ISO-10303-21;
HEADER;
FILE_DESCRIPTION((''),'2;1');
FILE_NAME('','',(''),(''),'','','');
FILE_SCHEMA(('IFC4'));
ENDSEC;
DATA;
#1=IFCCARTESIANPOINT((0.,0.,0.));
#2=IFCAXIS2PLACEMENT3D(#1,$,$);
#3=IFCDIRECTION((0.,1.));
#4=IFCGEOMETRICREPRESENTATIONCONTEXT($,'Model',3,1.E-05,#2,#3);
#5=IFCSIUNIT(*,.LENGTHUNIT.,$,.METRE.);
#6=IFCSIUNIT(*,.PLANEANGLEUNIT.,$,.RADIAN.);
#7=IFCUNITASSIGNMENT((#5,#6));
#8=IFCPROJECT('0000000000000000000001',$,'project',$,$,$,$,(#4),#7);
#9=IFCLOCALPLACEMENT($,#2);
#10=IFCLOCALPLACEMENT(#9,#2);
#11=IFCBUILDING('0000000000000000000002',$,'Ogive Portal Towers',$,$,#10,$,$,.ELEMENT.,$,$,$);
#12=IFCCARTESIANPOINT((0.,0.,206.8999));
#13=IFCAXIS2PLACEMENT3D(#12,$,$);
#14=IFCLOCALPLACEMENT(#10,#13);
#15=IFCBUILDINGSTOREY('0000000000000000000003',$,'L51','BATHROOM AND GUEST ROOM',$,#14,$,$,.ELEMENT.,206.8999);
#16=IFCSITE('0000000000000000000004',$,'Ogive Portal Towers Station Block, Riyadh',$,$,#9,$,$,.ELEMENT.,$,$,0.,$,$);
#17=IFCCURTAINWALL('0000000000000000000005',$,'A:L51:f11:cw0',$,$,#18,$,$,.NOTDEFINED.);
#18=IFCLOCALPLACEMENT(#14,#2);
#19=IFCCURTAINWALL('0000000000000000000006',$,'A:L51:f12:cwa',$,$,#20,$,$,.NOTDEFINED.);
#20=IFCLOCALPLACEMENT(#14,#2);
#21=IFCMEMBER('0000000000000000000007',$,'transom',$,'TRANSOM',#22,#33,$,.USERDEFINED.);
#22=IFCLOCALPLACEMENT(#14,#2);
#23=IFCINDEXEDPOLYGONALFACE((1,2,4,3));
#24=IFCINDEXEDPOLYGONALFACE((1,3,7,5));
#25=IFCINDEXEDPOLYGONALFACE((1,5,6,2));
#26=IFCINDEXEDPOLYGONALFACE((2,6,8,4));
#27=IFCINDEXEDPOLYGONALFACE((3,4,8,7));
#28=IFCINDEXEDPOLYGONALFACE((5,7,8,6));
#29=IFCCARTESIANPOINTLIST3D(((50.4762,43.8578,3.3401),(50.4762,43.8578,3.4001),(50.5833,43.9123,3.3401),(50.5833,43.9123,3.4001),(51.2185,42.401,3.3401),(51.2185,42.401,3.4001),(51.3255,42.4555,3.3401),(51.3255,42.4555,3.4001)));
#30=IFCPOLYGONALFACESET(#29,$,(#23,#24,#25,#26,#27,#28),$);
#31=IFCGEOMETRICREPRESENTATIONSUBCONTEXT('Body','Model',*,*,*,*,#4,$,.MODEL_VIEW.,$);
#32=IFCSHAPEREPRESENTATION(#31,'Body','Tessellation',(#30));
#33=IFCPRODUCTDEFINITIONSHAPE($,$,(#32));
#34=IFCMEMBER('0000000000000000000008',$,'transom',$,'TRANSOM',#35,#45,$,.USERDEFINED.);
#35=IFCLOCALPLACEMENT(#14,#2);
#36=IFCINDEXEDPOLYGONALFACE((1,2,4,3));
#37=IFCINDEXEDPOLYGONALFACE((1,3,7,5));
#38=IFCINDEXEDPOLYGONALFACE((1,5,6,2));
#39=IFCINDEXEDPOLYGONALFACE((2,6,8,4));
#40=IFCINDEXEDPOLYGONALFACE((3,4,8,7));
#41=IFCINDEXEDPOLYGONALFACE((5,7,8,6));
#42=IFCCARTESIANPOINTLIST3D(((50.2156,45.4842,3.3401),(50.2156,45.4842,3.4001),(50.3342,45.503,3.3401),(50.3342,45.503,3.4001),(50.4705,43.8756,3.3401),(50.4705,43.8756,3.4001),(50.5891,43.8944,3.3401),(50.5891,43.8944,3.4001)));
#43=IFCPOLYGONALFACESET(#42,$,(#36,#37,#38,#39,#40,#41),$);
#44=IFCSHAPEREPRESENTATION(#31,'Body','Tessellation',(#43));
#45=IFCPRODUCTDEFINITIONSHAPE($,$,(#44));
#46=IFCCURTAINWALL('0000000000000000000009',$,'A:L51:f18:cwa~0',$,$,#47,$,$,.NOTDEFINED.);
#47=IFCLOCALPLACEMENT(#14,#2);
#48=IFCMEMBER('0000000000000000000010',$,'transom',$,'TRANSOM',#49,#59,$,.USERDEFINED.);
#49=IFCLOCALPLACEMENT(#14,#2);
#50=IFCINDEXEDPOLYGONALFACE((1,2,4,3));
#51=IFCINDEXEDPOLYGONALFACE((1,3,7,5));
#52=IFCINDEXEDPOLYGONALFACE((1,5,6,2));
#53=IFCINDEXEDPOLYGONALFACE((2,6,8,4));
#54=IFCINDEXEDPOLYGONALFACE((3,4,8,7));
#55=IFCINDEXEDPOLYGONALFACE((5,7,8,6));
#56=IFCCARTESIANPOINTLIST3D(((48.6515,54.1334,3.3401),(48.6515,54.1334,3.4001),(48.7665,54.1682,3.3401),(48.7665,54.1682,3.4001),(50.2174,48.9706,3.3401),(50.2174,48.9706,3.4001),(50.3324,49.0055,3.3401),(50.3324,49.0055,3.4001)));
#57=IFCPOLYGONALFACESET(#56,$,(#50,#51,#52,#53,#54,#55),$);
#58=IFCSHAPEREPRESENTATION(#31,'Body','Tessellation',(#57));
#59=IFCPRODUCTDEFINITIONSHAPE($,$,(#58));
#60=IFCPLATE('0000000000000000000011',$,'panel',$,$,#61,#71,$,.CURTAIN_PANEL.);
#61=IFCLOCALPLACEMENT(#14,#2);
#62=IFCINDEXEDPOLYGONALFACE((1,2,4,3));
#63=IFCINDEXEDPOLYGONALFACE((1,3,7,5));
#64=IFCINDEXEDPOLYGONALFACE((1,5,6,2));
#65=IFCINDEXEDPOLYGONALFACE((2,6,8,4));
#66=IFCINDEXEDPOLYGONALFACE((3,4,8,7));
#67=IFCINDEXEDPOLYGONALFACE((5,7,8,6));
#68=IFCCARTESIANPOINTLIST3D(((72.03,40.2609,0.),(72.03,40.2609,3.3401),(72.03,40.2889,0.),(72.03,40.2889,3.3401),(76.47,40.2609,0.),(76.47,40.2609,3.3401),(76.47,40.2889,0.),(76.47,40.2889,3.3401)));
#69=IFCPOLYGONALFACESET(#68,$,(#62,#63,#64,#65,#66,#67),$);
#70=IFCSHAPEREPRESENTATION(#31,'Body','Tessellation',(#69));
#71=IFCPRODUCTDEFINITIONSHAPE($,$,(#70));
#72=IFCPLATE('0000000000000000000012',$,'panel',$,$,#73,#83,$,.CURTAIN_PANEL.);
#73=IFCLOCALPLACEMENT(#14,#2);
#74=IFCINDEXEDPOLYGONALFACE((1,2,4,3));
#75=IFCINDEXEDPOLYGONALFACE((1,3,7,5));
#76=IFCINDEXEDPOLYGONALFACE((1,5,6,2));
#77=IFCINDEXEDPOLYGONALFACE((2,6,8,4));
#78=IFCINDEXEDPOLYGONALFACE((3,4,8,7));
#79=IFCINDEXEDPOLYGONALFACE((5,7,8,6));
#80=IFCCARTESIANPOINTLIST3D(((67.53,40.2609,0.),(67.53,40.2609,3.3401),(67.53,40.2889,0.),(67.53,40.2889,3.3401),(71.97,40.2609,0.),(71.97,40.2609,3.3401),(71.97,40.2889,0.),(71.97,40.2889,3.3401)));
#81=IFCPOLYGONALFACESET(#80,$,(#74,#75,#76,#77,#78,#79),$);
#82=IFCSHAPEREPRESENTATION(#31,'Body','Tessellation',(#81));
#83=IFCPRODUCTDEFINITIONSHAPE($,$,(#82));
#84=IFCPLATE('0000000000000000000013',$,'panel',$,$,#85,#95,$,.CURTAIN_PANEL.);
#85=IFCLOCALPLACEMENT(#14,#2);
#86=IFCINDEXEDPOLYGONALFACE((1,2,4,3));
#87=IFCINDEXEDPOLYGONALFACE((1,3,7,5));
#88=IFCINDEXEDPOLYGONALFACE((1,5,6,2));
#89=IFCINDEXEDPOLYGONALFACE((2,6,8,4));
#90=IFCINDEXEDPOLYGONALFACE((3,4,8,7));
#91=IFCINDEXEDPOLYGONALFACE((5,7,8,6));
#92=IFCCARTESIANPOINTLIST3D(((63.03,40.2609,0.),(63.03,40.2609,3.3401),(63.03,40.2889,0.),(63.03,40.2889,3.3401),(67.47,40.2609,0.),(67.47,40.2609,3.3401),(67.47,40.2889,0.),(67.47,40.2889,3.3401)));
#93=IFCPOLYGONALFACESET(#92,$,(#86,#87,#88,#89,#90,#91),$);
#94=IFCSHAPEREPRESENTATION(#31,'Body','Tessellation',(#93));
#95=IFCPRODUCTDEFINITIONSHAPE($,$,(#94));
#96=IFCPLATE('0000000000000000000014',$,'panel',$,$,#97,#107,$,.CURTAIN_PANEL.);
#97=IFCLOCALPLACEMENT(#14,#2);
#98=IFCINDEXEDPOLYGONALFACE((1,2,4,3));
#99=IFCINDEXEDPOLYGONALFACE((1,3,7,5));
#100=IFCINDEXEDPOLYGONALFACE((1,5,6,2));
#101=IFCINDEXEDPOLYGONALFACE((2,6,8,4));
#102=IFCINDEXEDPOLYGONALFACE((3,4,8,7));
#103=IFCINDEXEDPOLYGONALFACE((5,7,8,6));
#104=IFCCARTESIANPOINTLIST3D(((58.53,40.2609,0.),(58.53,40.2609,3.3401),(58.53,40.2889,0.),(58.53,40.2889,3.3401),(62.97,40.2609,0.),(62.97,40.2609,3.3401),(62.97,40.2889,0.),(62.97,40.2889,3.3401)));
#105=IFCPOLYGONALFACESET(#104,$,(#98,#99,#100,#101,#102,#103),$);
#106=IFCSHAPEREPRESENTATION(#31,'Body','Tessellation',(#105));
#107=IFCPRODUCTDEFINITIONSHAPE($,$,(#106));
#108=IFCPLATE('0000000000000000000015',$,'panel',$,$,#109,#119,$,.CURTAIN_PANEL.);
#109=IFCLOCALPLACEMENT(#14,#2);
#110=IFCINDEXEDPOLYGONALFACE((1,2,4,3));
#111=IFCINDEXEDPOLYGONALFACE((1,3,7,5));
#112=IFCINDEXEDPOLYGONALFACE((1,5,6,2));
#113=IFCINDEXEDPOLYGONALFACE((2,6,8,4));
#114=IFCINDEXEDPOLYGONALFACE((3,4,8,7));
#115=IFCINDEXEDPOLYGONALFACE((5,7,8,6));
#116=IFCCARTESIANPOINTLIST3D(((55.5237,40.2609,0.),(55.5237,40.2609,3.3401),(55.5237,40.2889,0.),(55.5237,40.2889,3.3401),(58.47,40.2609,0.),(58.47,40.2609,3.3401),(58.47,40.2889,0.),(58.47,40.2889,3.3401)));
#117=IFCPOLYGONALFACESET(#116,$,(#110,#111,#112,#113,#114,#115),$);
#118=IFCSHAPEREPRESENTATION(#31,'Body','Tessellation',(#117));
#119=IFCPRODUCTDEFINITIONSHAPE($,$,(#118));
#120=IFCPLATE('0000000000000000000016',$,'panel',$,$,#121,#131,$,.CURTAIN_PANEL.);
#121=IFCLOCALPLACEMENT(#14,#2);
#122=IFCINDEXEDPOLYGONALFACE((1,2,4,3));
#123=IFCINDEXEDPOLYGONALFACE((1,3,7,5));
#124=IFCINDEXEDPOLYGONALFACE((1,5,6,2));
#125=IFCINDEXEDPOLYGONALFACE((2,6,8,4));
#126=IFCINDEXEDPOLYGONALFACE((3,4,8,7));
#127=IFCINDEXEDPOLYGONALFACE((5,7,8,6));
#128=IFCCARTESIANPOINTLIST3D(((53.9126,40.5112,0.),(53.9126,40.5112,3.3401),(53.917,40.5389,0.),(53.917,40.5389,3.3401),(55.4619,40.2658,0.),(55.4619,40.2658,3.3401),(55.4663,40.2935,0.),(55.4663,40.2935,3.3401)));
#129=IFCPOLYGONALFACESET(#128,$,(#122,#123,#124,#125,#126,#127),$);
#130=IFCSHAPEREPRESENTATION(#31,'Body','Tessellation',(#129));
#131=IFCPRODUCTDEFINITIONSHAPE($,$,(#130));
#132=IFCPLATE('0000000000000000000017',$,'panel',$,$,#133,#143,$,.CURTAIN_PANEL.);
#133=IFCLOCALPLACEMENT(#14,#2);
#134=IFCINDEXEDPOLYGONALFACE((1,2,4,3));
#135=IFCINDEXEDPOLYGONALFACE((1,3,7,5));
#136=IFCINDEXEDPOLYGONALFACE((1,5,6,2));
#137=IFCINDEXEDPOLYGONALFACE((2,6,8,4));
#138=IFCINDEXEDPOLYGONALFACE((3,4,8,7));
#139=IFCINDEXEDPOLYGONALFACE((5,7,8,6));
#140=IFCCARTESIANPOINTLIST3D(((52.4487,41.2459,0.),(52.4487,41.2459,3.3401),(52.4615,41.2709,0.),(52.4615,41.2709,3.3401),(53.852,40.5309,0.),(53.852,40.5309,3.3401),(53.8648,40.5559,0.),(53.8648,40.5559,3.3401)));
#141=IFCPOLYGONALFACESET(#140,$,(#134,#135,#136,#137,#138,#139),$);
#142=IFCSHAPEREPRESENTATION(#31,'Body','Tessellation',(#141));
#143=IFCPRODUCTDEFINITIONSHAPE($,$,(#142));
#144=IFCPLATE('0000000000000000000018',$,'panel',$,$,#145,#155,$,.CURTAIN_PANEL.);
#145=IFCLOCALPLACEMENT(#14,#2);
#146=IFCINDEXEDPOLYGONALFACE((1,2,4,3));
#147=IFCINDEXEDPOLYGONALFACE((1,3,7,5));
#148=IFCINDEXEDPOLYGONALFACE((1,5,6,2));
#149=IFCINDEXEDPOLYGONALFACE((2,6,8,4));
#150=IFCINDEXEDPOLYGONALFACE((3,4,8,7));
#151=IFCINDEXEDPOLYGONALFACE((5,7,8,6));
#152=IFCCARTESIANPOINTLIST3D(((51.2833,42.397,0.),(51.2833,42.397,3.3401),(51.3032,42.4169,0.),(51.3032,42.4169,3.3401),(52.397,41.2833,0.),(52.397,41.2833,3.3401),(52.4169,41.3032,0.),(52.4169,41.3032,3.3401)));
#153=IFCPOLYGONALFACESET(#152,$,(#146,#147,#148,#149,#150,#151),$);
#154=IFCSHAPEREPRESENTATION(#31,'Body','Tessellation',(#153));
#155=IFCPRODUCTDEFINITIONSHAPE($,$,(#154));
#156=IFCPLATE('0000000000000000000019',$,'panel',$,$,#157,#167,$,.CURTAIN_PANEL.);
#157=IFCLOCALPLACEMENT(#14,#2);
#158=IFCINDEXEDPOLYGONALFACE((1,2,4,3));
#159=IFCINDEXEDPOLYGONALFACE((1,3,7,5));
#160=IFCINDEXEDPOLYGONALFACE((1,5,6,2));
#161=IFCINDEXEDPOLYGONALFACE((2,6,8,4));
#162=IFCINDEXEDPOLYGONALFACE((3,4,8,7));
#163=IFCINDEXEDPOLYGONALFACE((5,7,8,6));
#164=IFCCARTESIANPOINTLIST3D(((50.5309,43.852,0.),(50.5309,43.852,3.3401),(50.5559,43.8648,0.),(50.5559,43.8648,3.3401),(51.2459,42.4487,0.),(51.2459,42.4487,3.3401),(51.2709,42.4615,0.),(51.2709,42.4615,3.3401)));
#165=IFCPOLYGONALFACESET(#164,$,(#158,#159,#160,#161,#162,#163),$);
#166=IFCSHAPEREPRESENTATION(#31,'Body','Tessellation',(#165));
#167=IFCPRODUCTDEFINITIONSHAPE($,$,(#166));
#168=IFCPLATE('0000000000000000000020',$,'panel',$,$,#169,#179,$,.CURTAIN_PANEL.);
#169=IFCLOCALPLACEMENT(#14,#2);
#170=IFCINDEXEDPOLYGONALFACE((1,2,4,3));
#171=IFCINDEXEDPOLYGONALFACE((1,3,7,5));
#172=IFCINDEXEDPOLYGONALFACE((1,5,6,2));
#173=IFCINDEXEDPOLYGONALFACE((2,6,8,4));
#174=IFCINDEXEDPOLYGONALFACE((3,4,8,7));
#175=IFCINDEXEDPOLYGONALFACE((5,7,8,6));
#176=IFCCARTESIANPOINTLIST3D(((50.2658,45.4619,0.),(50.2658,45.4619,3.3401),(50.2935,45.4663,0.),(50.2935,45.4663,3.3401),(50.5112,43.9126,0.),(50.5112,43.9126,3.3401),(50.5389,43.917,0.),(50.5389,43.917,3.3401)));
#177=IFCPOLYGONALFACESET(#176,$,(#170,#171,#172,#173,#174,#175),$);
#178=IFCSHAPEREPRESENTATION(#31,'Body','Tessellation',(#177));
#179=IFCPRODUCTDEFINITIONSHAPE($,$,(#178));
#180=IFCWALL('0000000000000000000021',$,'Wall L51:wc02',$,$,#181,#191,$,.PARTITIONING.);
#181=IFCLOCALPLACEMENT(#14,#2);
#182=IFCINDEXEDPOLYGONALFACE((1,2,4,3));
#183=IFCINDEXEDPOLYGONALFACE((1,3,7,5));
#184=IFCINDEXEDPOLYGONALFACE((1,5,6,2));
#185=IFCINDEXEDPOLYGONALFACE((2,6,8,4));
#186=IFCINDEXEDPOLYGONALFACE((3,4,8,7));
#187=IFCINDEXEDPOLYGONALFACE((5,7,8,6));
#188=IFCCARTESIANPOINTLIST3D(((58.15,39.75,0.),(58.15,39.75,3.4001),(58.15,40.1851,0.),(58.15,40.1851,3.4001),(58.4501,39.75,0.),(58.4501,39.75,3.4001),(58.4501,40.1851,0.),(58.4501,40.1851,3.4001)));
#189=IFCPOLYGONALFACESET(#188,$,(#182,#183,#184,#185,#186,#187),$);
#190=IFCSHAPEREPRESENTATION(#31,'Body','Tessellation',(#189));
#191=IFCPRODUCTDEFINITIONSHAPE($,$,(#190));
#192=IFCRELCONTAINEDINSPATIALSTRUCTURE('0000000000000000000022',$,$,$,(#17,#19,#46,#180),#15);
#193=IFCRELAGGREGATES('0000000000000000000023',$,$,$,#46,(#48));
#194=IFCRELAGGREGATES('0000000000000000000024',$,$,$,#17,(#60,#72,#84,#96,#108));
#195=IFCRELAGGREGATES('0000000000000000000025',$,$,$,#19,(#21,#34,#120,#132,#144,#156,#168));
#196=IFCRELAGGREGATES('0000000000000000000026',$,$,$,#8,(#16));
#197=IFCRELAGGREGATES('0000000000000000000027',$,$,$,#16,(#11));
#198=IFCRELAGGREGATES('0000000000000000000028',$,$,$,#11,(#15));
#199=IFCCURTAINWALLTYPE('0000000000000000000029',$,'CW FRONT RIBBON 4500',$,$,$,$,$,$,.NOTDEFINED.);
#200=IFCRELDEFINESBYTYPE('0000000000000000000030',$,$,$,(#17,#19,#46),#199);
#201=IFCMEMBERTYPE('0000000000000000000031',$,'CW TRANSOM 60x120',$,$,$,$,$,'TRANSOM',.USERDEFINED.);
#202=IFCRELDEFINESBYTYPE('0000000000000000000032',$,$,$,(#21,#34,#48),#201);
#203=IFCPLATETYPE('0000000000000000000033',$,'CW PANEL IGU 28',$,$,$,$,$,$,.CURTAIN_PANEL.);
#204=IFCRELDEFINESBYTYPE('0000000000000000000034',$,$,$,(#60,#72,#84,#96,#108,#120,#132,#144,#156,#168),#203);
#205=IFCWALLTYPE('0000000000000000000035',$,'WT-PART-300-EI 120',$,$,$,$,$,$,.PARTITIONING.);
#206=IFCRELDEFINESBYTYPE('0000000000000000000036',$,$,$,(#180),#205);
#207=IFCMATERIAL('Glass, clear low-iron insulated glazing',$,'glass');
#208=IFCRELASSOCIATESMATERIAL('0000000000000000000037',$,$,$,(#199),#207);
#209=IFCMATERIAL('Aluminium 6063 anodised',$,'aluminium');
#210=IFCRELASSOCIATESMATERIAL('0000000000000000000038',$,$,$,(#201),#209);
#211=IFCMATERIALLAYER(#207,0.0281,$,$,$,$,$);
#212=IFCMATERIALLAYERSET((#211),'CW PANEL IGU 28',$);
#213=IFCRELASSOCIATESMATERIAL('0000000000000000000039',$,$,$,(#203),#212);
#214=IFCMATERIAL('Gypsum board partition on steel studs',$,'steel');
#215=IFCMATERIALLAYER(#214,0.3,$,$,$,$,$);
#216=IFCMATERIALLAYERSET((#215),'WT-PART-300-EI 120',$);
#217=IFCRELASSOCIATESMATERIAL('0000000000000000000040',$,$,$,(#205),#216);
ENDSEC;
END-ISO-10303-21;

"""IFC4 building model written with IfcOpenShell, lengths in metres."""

from ifc_helpers import new_model, si_unit, direction, frame, frame_2d, origin, origin_2d, place, context, subcontext, project, spatial, rectangle, extrude, material, layer, layer_set, material_profile, profile_set, type_object, element, aggregate, save


model = new_model("IFC4")

# Units and contexts
model_context = context("Model", 3, precision=1e-05, world=origin(), true_north=direction((0.0, 1.0)))
body_context = subcontext(model_context, "Body", "Model", "MODEL_VIEW")
ifc_project = project(units=[si_unit("LENGTHUNIT", "METRE"), si_unit("PLANEANGLEUNIT", "RADIAN")], contexts=[model_context])

# Site, building, storey
site_placement = place(None, origin())
site = spatial("IfcSite", under=ifc_project, at=site_placement, Name="Ogive Portal Towers Station Block, Riyadh", CompositionType="ELEMENT", RefElevation=0.0)
building_placement = place(site_placement, origin())
building = spatial("IfcBuilding", under=site, at=building_placement, Name="Ogive Portal Towers", CompositionType="ELEMENT")
storey_placement = place(building_placement, frame((0.0, 0.0, 206.8999)))
storey = spatial("IfcBuildingStorey", under=building, at=storey_placement, Name="L51", Description="BATHROOM AND GUEST ROOM", CompositionType="ELEMENT", Elevation=206.8999)

# Curtain wall
ifc_material_1 = material(Name="Glass, clear low-iron insulated glazing", Category="glass")
curtain_wall_type = type_object("IfcCurtainWallType", Name="CW FRONT RIBBON 4500", PredefinedType="NOTDEFINED", material=ifc_material_1)
curtain_wall_1_placement = place(storey_placement, origin())
curtain_wall_1 = element("IfcCurtainWall", 1, at=curtain_wall_1_placement, inside=storey, type_object=curtain_wall_type, Name="A:L51:f11:cw0", PredefinedType="NOTDEFINED")
ifc_material_2 = material(Name="Aluminium 6063 anodised", Category="aluminium")

# Curtain wall, members
curtain_wall_2_placement = place(storey_placement, origin())
curtain_wall_2 = element("IfcCurtainWall", 2, at=curtain_wall_2_placement, inside=storey, type_object=curtain_wall_type, Name="A:L51:f12:cwa", PredefinedType="NOTDEFINED")
ifc_material_profile_1 = material_profile(ifc_material_2, rectangle(XDim=0.1201, YDim=0.0601, at=origin_2d()), Name="AL 120x60")
ifc_profile_set_1 = profile_set([ifc_material_profile_1], Name="Aluminium 6063 anodised")
member_type_1 = type_object("IfcMemberType", Name="CW TRANSOM 60x120", ElementType="TRANSOM", PredefinedType="USERDEFINED", material=ifc_profile_set_1)
member_1_placement = place(storey_placement, frame((51.272, 42.4282, 3.3701), z_axis=(-0.45395, 0.891027, 0.0), x_axis=(-0.891027, -0.45395, 0.0)))
member_1 = element("IfcMember", 3, at=member_1_placement, type_object=member_type_1, Name="transom", ObjectType="TRANSOM", PredefinedType="USERDEFINED", context=body_context, shape_type="SweptSolid", body=[
    extrude(rectangle(XDim=0.1201, YDim=0.0601, at=origin_2d()), origin(), (0.0, 0.0, 1.0), 1.635),
])
member_2_placement = place(storey_placement, frame((50.5298, 43.885, 3.3701), z_axis=(-0.156494, 0.987679, 0.0), x_axis=(-0.987679, -0.156494, 0.0)))
member_2 = element("IfcMember", 4, at=member_2_placement, type_object=member_type_1, Name="transom", ObjectType="TRANSOM", PredefinedType="USERDEFINED", context=body_context, shape_type="SweptSolid", body=[
    extrude(rectangle(XDim=0.1201, YDim=0.0601, at=origin_2d()), origin(), (0.0, 0.0, 1.0), 1.6287),
])

# Curtain wall, member
curtain_wall_3_placement = place(storey_placement, origin())
curtain_wall_3 = element("IfcCurtainWall", 5, at=curtain_wall_3_placement, inside=storey, type_object=curtain_wall_type, Name="A:L51:f18:cwa~0", PredefinedType="NOTDEFINED")
member_3_placement = place(storey_placement, frame((50.2749, 48.988, 3.3701), z_axis=(-0.290249, 0.956951, 0.0), x_axis=(-0.956951, -0.290249, 0.0)))
member_3 = element("IfcMember", 6, at=member_3_placement, type_object=member_type_1, Name="transom", ObjectType="TRANSOM", PredefinedType="USERDEFINED", context=body_context, shape_type="SweptSolid", body=[
    extrude(rectangle(XDim=0.1201, YDim=0.0601, at=origin_2d()), origin(), (0.0, 0.0, 1.0), 5.395),
])
aggregate(curtain_wall_3, [member_3])

# Plates
ifc_layer_1 = layer(ifc_material_1, 0.0281)
ifc_layer_set_1 = layer_set([ifc_layer_1], Name="CW PANEL IGU 28")
plate_type = type_object("IfcPlateType", Name="CW PANEL IGU 28", PredefinedType="CURTAIN_PANEL", material=ifc_layer_set_1)
plate_1_placement = place(storey_placement, frame((74.25, 40.2749, 0.0), z_axis=(0.0, 0.0, 1.0), x_axis=(-1.0, 0.0, 0.0)))
plate_1 = element("IfcPlate", 7, at=plate_1_placement, type_object=plate_type, Name="panel", PredefinedType="CURTAIN_PANEL", context=body_context, shape_type="SweptSolid", body=[
    extrude(rectangle(XDim=4.4399, YDim=0.0281, at=origin_2d()), origin(), (0.0, 0.0, 1.0), 3.3401),
])
plate_2_placement = place(storey_placement, frame((69.75, 40.2749, 0.0), z_axis=(0.0, 0.0, 1.0), x_axis=(-1.0, 0.0, 0.0)))
plate_2 = element("IfcPlate", 8, at=plate_2_placement, type_object=plate_type, Name="panel", PredefinedType="CURTAIN_PANEL", context=body_context, shape_type="SweptSolid", body=[
    extrude(rectangle(XDim=4.4399, YDim=0.0281, at=origin_2d()), origin(), (0.0, 0.0, 1.0), 3.3401),
])
plate_3_placement = place(storey_placement, frame((65.25, 40.2749, 0.0), z_axis=(0.0, 0.0, 1.0), x_axis=(-1.0, 0.0, 0.0)))
plate_3 = element("IfcPlate", 9, at=plate_3_placement, type_object=plate_type, Name="panel", PredefinedType="CURTAIN_PANEL", context=body_context, shape_type="SweptSolid", body=[
    extrude(rectangle(XDim=4.4399, YDim=0.0281, at=origin_2d()), origin(), (0.0, 0.0, 1.0), 3.3401),
])
plate_4_placement = place(storey_placement, frame((60.75, 40.2749, 0.0), z_axis=(0.0, 0.0, 1.0), x_axis=(-1.0, 0.0, 0.0)))
plate_4 = element("IfcPlate", 10, at=plate_4_placement, type_object=plate_type, Name="panel", PredefinedType="CURTAIN_PANEL", context=body_context, shape_type="SweptSolid", body=[
    extrude(rectangle(XDim=4.4399, YDim=0.0281, at=origin_2d()), origin(), (0.0, 0.0, 1.0), 3.3401),
])
plate_5_placement = place(storey_placement, frame((56.9968, 40.2749, 0.0), z_axis=(0.0, 0.0, 1.0), x_axis=(-1.0, 0.0, 0.0)))
plate_5 = element("IfcPlate", 11, at=plate_5_placement, type_object=plate_type, Name="panel", PredefinedType="CURTAIN_PANEL", context=body_context, shape_type="SweptSolid", body=[
    extrude(rectangle(XDim=2.9463, YDim=0.0281, at=origin_2d()), origin(), (0.0, 0.0, 1.0), 3.3401),
])
aggregate(curtain_wall_1, [plate_1, plate_2, plate_3, plate_4, plate_5])
plate_6_placement = place(storey_placement, frame((54.6895, 40.4023, 0.0), z_axis=(0.0, 0.0, 1.0), x_axis=(-0.987688, 0.156434, 0.0)))
plate_6 = element("IfcPlate", 12, at=plate_6_placement, type_object=plate_type, Name="panel", PredefinedType="CURTAIN_PANEL", context=body_context, shape_type="SweptSolid", body=[
    extrude(rectangle(XDim=1.5686, YDim=0.0281, at=origin_2d()), origin(), (0.0, 0.0, 1.0), 3.3401),
])
plate_7_placement = place(storey_placement, frame((53.1567, 40.9009, 0.0), z_axis=(0.0, 0.0, 1.0), x_axis=(-0.891007, 0.45399, 0.0)))
plate_7 = element("IfcPlate", 13, at=plate_7_placement, type_object=plate_type, Name="panel", PredefinedType="CURTAIN_PANEL", context=body_context, shape_type="SweptSolid", body=[
    extrude(rectangle(XDim=1.575, YDim=0.0281, at=origin_2d()), origin(), (0.0, 0.0, 1.0), 3.3401),
])
plate_8_placement = place(storey_placement, frame((51.8501, 41.8501, 0.0), z_axis=(0.0, 0.0, 1.0), x_axis=(-0.707107, 0.707107, 0.0)))
plate_8 = element("IfcPlate", 14, at=plate_8_placement, type_object=plate_type, Name="panel", PredefinedType="CURTAIN_PANEL", context=body_context, shape_type="SweptSolid", body=[
    extrude(rectangle(XDim=1.575, YDim=0.0281, at=origin_2d()), origin(), (0.0, 0.0, 1.0), 3.3401),
])
plate_9_placement = place(storey_placement, frame((50.9009, 43.1567, 0.0), z_axis=(0.0, 0.0, 1.0), x_axis=(-0.45399, 0.891007, 0.0)))
plate_9 = element("IfcPlate", 15, at=plate_9_placement, type_object=plate_type, Name="panel", PredefinedType="CURTAIN_PANEL", context=body_context, shape_type="SweptSolid", body=[
    extrude(rectangle(XDim=1.575, YDim=0.0281, at=origin_2d()), origin(), (0.0, 0.0, 1.0), 3.3401),
])
plate_10_placement = place(storey_placement, frame((50.4023, 44.6895, 0.0), z_axis=(0.0, 0.0, 1.0), x_axis=(-0.156434, 0.987688, 0.0)))
plate_10 = element("IfcPlate", 16, at=plate_10_placement, type_object=plate_type, Name="panel", PredefinedType="CURTAIN_PANEL", context=body_context, shape_type="SweptSolid", body=[
    extrude(rectangle(XDim=1.5686, YDim=0.0281, at=origin_2d()), origin(), (0.0, 0.0, 1.0), 3.3401),
])
aggregate(curtain_wall_2, [member_1, member_2, plate_6, plate_7, plate_8, plate_9, plate_10])

# Wall
ifc_material_3 = material(Name="Gypsum board partition on steel studs", Category="steel")
ifc_layer_2 = layer(ifc_material_3, 0.3)
ifc_layer_set_2 = layer_set([ifc_layer_2], Name="WT-PART-300-EI 120")
wall_type_1 = type_object("IfcWallType", Name="WT-PART-300-EI 120", PredefinedType="PARTITIONING", material=ifc_layer_set_2)
wall_1_placement = place(storey_placement, frame((58.3, 39.75, 0.0), z_axis=(0.0, 0.0, 1.0), x_axis=(0.0, 1.0, 0.0)))
element("IfcWall", 17, at=wall_1_placement, inside=storey, type_object=wall_type_1, Name="Wall L51:wc02", PredefinedType="PARTITIONING", context=body_context, shape_type="SweptSolid", body=[
    extrude(rectangle(XDim=0.4351, YDim=0.3, at=frame_2d((0.2175, 0.0))), origin(), (0.0, 0.0, 1.0), 3.4001),
])

save(model, "model.ifc")
